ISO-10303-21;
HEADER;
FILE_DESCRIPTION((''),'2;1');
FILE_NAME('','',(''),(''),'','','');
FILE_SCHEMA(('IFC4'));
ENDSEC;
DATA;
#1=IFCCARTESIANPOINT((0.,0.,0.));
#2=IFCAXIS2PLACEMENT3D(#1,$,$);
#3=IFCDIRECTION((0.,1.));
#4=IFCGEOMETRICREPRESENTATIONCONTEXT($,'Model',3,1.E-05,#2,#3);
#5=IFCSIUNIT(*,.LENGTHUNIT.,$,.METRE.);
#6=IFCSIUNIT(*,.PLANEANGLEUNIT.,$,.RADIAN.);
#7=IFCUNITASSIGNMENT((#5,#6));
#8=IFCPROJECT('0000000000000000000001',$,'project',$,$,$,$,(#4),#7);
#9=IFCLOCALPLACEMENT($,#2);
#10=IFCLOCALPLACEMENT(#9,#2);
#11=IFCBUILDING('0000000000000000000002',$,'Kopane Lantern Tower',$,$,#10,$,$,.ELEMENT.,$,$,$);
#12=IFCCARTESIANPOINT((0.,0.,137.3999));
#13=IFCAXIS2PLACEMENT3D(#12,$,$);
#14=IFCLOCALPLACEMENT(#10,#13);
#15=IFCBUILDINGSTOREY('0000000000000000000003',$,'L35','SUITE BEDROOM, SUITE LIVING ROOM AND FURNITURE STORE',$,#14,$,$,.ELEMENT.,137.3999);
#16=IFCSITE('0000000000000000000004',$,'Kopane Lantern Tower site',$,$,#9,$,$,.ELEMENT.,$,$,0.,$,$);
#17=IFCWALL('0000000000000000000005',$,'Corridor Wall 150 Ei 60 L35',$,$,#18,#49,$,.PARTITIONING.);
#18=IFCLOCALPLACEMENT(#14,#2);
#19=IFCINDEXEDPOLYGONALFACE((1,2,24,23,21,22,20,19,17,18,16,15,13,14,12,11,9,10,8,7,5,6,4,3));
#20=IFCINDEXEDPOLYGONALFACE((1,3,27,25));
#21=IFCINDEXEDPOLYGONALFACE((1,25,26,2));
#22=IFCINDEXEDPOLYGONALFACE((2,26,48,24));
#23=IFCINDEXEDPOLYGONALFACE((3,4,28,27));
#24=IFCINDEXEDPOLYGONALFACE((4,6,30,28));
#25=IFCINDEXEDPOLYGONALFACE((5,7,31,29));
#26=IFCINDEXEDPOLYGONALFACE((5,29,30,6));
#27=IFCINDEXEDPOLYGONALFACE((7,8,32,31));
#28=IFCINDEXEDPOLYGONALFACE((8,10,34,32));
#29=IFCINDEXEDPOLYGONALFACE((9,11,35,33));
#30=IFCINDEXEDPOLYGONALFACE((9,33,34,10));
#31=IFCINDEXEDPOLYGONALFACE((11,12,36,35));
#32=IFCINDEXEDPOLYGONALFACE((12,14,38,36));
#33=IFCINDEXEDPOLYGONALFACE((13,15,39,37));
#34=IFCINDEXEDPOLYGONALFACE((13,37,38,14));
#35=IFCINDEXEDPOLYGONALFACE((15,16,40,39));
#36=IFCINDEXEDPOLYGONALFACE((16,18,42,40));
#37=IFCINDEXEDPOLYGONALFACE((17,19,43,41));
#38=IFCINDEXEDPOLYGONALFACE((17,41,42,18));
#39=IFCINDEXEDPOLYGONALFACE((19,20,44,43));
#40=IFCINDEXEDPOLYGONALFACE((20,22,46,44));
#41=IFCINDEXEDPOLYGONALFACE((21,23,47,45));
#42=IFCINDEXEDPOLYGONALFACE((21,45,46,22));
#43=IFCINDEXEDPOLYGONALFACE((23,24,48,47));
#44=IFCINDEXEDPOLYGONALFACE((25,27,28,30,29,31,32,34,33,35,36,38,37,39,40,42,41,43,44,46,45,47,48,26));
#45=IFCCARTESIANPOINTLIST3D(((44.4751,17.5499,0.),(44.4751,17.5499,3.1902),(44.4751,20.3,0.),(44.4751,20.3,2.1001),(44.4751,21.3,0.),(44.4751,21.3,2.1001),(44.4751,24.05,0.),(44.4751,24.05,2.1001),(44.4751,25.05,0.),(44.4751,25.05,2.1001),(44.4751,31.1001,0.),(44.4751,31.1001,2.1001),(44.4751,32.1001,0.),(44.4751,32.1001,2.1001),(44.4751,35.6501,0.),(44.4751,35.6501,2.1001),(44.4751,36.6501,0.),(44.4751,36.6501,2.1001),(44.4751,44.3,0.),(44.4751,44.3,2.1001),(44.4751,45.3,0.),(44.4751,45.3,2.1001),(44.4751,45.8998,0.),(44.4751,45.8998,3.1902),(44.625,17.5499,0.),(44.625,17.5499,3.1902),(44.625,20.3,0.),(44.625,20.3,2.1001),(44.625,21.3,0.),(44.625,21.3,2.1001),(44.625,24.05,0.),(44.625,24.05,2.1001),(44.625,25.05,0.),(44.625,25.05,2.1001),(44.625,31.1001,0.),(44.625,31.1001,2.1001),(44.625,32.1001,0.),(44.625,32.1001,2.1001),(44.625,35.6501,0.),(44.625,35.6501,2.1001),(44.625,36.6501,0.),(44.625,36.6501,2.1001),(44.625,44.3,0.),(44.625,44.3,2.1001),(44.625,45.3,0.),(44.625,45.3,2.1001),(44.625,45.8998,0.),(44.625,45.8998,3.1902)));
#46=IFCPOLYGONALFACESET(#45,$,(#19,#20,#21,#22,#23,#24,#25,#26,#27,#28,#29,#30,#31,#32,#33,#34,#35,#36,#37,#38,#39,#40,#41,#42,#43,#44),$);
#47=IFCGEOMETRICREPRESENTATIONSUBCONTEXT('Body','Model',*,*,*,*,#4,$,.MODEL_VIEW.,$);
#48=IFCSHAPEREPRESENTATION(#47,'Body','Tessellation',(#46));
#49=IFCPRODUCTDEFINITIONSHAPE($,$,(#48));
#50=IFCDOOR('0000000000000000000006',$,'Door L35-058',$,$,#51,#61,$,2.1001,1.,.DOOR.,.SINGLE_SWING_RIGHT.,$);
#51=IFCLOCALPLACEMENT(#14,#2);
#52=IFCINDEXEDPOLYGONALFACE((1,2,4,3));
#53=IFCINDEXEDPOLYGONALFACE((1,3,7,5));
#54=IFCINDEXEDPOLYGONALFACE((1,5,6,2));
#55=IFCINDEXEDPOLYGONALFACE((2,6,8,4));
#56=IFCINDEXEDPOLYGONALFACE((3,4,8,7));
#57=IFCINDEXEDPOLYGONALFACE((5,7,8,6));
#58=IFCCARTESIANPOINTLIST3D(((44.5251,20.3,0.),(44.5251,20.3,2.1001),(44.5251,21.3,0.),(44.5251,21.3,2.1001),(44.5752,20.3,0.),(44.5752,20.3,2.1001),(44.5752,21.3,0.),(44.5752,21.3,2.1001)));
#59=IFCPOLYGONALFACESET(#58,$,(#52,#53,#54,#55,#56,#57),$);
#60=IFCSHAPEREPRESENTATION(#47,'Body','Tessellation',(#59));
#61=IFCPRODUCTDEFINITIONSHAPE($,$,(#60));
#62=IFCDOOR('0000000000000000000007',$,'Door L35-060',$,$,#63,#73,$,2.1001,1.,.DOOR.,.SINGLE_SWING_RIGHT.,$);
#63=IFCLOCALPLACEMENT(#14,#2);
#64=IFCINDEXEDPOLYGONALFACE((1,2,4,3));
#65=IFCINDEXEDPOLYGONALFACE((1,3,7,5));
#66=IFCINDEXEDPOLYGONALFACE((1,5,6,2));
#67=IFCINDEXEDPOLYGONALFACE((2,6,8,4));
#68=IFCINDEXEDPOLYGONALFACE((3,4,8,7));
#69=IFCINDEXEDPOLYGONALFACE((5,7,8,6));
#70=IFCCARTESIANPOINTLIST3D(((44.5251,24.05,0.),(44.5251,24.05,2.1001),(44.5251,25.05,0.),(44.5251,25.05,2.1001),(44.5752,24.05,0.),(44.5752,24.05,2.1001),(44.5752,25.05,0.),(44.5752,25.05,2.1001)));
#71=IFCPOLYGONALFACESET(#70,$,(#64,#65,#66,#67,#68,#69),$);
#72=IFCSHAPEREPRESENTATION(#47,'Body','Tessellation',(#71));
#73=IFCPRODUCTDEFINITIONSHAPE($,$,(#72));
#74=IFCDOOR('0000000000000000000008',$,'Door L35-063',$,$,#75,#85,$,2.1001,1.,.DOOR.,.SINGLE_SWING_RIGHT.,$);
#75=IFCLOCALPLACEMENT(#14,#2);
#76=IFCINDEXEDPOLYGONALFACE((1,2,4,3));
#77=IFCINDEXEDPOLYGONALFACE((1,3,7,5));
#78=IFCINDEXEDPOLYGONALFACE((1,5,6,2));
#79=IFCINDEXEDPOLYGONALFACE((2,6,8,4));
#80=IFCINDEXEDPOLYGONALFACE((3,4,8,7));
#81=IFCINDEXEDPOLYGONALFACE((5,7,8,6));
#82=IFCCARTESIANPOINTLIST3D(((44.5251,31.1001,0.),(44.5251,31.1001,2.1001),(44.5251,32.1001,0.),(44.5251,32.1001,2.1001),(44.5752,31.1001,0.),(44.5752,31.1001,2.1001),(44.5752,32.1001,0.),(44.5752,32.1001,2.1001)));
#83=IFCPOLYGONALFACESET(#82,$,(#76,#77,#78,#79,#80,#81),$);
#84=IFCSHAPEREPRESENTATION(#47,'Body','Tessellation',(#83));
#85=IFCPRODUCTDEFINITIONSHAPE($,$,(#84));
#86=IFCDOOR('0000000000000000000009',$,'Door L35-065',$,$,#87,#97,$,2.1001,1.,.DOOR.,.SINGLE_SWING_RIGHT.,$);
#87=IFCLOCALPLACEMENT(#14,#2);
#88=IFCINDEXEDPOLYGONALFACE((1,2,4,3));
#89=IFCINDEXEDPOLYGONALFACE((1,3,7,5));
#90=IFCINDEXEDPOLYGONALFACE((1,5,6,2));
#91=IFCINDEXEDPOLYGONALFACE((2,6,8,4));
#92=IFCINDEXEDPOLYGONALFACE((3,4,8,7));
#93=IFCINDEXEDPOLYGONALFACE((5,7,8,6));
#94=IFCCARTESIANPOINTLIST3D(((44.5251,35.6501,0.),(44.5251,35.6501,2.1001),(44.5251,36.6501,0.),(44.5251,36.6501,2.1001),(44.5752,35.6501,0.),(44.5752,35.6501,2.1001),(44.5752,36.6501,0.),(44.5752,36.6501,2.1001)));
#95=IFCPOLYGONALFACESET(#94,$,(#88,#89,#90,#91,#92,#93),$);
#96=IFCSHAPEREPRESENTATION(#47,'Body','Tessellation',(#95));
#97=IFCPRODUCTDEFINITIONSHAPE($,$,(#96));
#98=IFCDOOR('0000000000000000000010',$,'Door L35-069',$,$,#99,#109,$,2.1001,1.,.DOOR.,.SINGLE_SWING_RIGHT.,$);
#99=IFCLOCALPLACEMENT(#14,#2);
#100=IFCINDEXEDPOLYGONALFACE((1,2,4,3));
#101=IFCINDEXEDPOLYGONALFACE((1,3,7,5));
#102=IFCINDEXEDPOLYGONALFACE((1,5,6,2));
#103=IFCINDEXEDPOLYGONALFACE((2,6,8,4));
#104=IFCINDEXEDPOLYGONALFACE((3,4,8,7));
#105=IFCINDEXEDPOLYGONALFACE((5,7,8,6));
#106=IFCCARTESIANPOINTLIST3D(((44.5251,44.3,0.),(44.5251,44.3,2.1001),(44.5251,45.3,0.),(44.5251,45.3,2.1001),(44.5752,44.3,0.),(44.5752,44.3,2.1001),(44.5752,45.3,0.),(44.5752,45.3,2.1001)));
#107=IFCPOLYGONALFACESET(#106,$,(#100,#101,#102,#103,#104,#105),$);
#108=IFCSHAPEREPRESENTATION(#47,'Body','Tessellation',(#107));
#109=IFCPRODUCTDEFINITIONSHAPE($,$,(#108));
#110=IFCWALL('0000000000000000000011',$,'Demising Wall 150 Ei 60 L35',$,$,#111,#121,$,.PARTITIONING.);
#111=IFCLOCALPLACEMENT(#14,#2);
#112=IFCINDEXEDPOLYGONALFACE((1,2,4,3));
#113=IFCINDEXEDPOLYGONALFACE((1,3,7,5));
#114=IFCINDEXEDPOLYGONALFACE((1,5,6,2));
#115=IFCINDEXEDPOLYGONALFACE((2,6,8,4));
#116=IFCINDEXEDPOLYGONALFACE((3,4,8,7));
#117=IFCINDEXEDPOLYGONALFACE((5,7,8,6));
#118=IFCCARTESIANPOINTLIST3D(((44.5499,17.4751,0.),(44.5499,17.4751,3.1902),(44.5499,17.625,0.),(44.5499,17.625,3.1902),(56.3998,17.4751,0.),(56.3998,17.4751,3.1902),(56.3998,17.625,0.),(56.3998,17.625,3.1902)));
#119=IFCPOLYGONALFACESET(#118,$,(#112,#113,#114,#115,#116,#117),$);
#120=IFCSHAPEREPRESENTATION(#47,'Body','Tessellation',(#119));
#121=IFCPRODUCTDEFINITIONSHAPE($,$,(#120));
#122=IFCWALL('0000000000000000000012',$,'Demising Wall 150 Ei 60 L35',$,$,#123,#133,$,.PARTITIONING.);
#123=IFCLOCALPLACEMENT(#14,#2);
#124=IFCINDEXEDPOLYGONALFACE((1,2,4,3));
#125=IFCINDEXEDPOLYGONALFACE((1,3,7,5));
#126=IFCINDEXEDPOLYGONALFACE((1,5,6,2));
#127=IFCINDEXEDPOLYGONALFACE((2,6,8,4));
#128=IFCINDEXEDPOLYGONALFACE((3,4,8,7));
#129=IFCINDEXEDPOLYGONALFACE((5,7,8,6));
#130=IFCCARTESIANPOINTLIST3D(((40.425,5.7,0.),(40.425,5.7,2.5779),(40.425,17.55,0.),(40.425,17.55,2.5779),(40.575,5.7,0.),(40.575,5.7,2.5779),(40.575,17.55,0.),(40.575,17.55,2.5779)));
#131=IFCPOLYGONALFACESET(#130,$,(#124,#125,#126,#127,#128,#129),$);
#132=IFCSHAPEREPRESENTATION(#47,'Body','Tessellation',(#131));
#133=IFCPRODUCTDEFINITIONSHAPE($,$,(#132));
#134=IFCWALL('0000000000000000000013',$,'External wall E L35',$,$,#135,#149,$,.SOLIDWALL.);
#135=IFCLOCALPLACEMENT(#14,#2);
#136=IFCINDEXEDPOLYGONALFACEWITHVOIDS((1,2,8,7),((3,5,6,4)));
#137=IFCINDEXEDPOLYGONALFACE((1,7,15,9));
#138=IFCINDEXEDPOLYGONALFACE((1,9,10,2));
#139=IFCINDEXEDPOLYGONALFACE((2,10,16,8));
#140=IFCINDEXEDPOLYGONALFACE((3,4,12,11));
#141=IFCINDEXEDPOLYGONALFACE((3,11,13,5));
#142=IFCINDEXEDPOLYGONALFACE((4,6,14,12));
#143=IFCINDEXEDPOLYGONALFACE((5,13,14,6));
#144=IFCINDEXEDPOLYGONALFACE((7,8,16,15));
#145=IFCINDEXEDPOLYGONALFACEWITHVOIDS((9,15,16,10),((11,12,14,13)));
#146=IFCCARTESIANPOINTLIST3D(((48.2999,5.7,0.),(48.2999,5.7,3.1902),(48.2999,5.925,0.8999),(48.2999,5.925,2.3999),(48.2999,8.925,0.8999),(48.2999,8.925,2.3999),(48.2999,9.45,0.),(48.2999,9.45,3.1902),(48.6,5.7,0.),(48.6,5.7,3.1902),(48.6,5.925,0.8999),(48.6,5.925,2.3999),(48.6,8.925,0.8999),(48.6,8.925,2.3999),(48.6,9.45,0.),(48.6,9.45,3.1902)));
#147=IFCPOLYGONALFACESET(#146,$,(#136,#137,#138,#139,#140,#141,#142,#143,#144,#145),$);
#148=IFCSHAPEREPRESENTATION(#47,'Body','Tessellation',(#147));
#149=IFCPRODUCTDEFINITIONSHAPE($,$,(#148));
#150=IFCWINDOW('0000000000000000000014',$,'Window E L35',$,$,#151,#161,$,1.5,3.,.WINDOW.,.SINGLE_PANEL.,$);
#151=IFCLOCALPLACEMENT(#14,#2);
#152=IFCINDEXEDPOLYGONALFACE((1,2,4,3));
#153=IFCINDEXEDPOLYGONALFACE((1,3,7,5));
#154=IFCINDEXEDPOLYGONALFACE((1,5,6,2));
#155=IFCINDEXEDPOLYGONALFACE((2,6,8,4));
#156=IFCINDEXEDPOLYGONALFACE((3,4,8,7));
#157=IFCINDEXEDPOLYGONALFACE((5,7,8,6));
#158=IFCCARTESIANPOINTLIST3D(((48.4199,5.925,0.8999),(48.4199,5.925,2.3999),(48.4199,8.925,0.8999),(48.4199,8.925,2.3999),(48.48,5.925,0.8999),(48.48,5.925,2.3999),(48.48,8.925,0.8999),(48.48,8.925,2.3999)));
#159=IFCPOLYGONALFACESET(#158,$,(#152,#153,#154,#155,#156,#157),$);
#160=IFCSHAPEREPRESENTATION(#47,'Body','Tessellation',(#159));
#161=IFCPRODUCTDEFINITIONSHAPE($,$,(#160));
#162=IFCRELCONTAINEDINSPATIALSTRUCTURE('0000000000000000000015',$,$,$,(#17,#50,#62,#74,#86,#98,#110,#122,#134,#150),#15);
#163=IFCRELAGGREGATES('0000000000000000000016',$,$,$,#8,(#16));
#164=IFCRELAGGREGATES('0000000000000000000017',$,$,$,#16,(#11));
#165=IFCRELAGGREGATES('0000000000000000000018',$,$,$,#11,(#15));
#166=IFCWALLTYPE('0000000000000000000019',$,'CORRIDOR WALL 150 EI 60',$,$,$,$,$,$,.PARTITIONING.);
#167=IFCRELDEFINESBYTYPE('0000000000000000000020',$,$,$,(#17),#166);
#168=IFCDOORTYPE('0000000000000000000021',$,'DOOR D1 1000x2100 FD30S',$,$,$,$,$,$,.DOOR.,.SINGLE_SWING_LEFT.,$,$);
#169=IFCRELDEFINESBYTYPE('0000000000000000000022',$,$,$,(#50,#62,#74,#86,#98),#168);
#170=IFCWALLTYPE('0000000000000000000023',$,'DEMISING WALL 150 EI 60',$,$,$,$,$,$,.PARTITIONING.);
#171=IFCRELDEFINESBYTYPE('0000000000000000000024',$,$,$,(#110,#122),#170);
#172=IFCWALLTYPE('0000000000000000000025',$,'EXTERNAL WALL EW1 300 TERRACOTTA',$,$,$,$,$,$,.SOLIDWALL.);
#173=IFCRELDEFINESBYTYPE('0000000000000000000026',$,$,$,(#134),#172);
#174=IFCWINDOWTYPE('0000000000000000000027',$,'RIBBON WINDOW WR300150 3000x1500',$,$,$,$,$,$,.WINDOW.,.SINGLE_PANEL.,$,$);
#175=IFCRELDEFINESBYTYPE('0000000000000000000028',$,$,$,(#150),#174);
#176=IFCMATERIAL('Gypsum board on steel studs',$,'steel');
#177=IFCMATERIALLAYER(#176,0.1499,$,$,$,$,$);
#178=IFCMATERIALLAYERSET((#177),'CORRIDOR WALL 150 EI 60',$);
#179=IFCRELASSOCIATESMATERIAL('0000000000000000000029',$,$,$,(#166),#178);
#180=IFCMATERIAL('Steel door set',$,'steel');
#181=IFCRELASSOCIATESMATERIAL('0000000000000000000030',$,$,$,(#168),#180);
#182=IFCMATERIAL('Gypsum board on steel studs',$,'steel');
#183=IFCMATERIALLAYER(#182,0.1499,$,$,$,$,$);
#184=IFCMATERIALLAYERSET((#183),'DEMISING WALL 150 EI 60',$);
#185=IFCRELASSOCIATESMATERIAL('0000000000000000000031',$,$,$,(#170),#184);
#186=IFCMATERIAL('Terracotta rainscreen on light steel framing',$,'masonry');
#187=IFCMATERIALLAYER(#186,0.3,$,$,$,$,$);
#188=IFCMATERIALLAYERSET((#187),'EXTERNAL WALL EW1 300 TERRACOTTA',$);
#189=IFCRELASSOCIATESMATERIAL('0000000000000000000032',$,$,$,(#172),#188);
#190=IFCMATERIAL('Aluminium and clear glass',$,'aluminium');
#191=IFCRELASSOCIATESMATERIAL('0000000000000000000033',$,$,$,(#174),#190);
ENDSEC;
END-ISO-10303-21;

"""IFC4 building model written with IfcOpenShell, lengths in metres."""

from ifc_helpers import new_model, si_unit, direction, frame, frame_2d, origin, place, context, subcontext, project, spatial, rectangle, extrude, material, layer, layer_set, type_object, element, fill, save


model = new_model("IFC4")

# Units and contexts
model_context = context("Model", 3, precision=1e-05, world=origin(), true_north=direction((0.0, 1.0)))
body_context = subcontext(model_context, "Body", "Model", "MODEL_VIEW")
ifc_project = project(units=[si_unit("LENGTHUNIT", "METRE"), si_unit("PLANEANGLEUNIT", "RADIAN")], contexts=[model_context])

# Site, building, storey
site_placement = place(None, origin())
site = spatial("IfcSite", under=ifc_project, at=site_placement, Name="Kopane Lantern Tower site", CompositionType="ELEMENT", RefElevation=0.0)
building_placement = place(site_placement, origin())
building = spatial("IfcBuilding", under=site, at=building_placement, Name="Kopane Lantern Tower", CompositionType="ELEMENT")
storey_placement = place(building_placement, frame((0.0, 0.0, 137.3999)))
storey = spatial("IfcBuildingStorey", under=building, at=storey_placement, Name="L35", Description="SUITE BEDROOM, SUITE LIVING ROOM AND FURNITURE STORE", CompositionType="ELEMENT", Elevation=137.3999)

# Wall, openings, doors
ifc_material_1 = material(Name="Gypsum board on steel studs", Category="steel")
ifc_layer_1 = layer(ifc_material_1, 0.1499)
ifc_layer_set_1 = layer_set([ifc_layer_1], Name="CORRIDOR WALL 150 EI 60")
wall_type_1 = type_object("IfcWallType", Name="CORRIDOR WALL 150 EI 60", PredefinedType="PARTITIONING", material=ifc_layer_set_1)
wall_1_placement = place(storey_placement, frame((44.55, 17.55, 0.0), z_axis=(0.0, 0.0, 1.0), x_axis=(0.0, 1.0, 0.0)))
wall_1 = element("IfcWall", 1, at=wall_1_placement, inside=storey, type_object=wall_type_1, Name="Corridor Wall 150 Ei 60 L35", PredefinedType="PARTITIONING", context=body_context, shape_type="SweptSolid", body=[
    extrude(rectangle(XDim=28.3499, YDim=0.1499, at=frame_2d((14.1748, 0.0))), origin(), (0.0, 0.0, 1.0), 3.1902),
])
opening_1_placement = place(wall_1_placement, frame((2.75, 0.0, 0.0)))
opening_1 = element("IfcOpeningElement", 2, at=opening_1_placement, cuts=wall_1, PredefinedType="OPENING", context=body_context, shape_type="SweptSolid", body=[
    extrude(rectangle(XDim=1.0, YDim=2.1001, at=frame_2d((0.5, 1.05))), frame((0.0, 0.085, 0.0), z_axis=(0.0, -1.0, 0.0), x_axis=(1.0, 0.0, 0.0)), (0.0, 0.0, 1.0), 0.1699),
])
opening_2_placement = place(wall_1_placement, frame((6.5, 0.0, 0.0)))
opening_2 = element("IfcOpeningElement", 3, at=opening_2_placement, cuts=wall_1, PredefinedType="OPENING", context=body_context, shape_type="SweptSolid", body=[
    extrude(rectangle(XDim=1.0, YDim=2.1001, at=frame_2d((0.5, 1.05))), frame((0.0, 0.085, 0.0), z_axis=(0.0, -1.0, 0.0), x_axis=(1.0, 0.0, 0.0)), (0.0, 0.0, 1.0), 0.1699),
])
opening_3_placement = place(wall_1_placement, frame((13.55, 0.0, 0.0)))
opening_3 = element("IfcOpeningElement", 4, at=opening_3_placement, cuts=wall_1, PredefinedType="OPENING", context=body_context, shape_type="SweptSolid", body=[
    extrude(rectangle(XDim=1.0, YDim=2.1001, at=frame_2d((0.5, 1.05))), frame((0.0, 0.085, 0.0), z_axis=(0.0, -1.0, 0.0), x_axis=(1.0, 0.0, 0.0)), (0.0, 0.0, 1.0), 0.1699),
])
opening_4_placement = place(wall_1_placement, frame((18.1001, 0.0, 0.0)))
opening_4 = element("IfcOpeningElement", 5, at=opening_4_placement, cuts=wall_1, PredefinedType="OPENING", context=body_context, shape_type="SweptSolid", body=[
    extrude(rectangle(XDim=1.0, YDim=2.1001, at=frame_2d((0.5, 1.05))), frame((0.0, 0.085, 0.0), z_axis=(0.0, -1.0, 0.0), x_axis=(1.0, 0.0, 0.0)), (0.0, 0.0, 1.0), 0.1699),
])
opening_5_placement = place(wall_1_placement, frame((26.75, 0.0, 0.0)))
opening_5 = element("IfcOpeningElement", 6, at=opening_5_placement, cuts=wall_1, PredefinedType="OPENING", context=body_context, shape_type="SweptSolid", body=[
    extrude(rectangle(XDim=1.0, YDim=2.1001, at=frame_2d((0.5, 1.05))), frame((0.0, 0.085, 0.0), z_axis=(0.0, -1.0, 0.0), x_axis=(1.0, 0.0, 0.0)), (0.0, 0.0, 1.0), 0.1699),
])
ifc_material_2 = material(Name="Steel door set", Category="steel")
door_type_1 = type_object("IfcDoorType", Name="DOOR D1 1000x2100 FD30S", OperationType="SINGLE_SWING_LEFT", PredefinedType="DOOR", material=ifc_material_2)
door_1_placement = place(opening_1_placement, origin())
door_1 = element("IfcDoor", 7, at=door_1_placement, inside=storey, type_object=door_type_1, Name="Door L35-058", OperationType="SINGLE_SWING_RIGHT", OverallHeight=2.1001, OverallWidth=1.0, PredefinedType="DOOR", context=body_context, shape_type="SweptSolid", body=[
    extrude(rectangle(XDim=1.0, YDim=2.1001, at=frame_2d((0.5, 1.05))), frame((0.0, 0.0249, 0.0), z_axis=(0.0, -1.0, 0.0), x_axis=(1.0, 0.0, 0.0)), (0.0, 0.0, 1.0), 0.05),
])
fill(opening_1, door_1)
door_2_placement = place(opening_2_placement, origin())
door_2 = element("IfcDoor", 8, at=door_2_placement, inside=storey, type_object=door_type_1, Name="Door L35-060", OperationType="SINGLE_SWING_RIGHT", OverallHeight=2.1001, OverallWidth=1.0, PredefinedType="DOOR", context=body_context, shape_type="SweptSolid", body=[
    extrude(rectangle(XDim=1.0, YDim=2.1001, at=frame_2d((0.5, 1.05))), frame((0.0, 0.0249, 0.0), z_axis=(0.0, -1.0, 0.0), x_axis=(1.0, 0.0, 0.0)), (0.0, 0.0, 1.0), 0.05),
])
fill(opening_2, door_2)
door_3_placement = place(opening_3_placement, origin())
door_3 = element("IfcDoor", 9, at=door_3_placement, inside=storey, type_object=door_type_1, Name="Door L35-063", OperationType="SINGLE_SWING_RIGHT", OverallHeight=2.1001, OverallWidth=1.0, PredefinedType="DOOR", context=body_context, shape_type="SweptSolid", body=[
    extrude(rectangle(XDim=1.0, YDim=2.1001, at=frame_2d((0.5, 1.05))), frame((0.0, 0.0249, 0.0), z_axis=(0.0, -1.0, 0.0), x_axis=(1.0, 0.0, 0.0)), (0.0, 0.0, 1.0), 0.05),
])
fill(opening_3, door_3)
door_4_placement = place(opening_4_placement, origin())
door_4 = element("IfcDoor", 10, at=door_4_placement, inside=storey, type_object=door_type_1, Name="Door L35-065", OperationType="SINGLE_SWING_RIGHT", OverallHeight=2.1001, OverallWidth=1.0, PredefinedType="DOOR", context=body_context, shape_type="SweptSolid", body=[
    extrude(rectangle(XDim=1.0, YDim=2.1001, at=frame_2d((0.5, 1.05))), frame((0.0, 0.0249, 0.0), z_axis=(0.0, -1.0, 0.0), x_axis=(1.0, 0.0, 0.0)), (0.0, 0.0, 1.0), 0.05),
])
fill(opening_4, door_4)
door_5_placement = place(opening_5_placement, origin())
door_5 = element("IfcDoor", 11, at=door_5_placement, inside=storey, type_object=door_type_1, Name="Door L35-069", OperationType="SINGLE_SWING_RIGHT", OverallHeight=2.1001, OverallWidth=1.0, PredefinedType="DOOR", context=body_context, shape_type="SweptSolid", body=[
    extrude(rectangle(XDim=1.0, YDim=2.1001, at=frame_2d((0.5, 1.05))), frame((0.0, 0.0249, 0.0), z_axis=(0.0, -1.0, 0.0), x_axis=(1.0, 0.0, 0.0)), (0.0, 0.0, 1.0), 0.05),
])
fill(opening_5, door_5)

# Walls
ifc_material_3 = material(Name="Gypsum board on steel studs", Category="steel")
ifc_layer_2 = layer(ifc_material_3, 0.1499)
ifc_layer_set_2 = layer_set([ifc_layer_2], Name="DEMISING WALL 150 EI 60")
wall_type_2 = type_object("IfcWallType", Name="DEMISING WALL 150 EI 60", PredefinedType="PARTITIONING", material=ifc_layer_set_2)
wall_2_placement = place(storey_placement, frame((44.55, 17.55, 0.0), z_axis=(0.0, 0.0, 1.0), x_axis=(1.0, 0.0, 0.0)))
element("IfcWall", 12, at=wall_2_placement, inside=storey, type_object=wall_type_2, Name="Demising Wall 150 Ei 60 L35", PredefinedType="PARTITIONING", context=body_context, shape_type="SweptSolid", body=[
    extrude(rectangle(XDim=11.8499, YDim=0.1499, at=frame_2d((5.9248, 0.0))), origin(), (0.0, 0.0, 1.0), 3.1902),
])
wall_3_placement = place(storey_placement, frame((40.5, 17.55, 0.0), z_axis=(0.0, 0.0, 1.0), x_axis=(0.0, -1.0, 0.0)))
element("IfcWall", 13, at=wall_3_placement, inside=storey, type_object=wall_type_2, Name="Demising Wall 150 Ei 60 L35", PredefinedType="PARTITIONING", context=body_context, shape_type="SweptSolid", body=[
    extrude(rectangle(XDim=11.8501, YDim=0.1499, at=frame_2d((5.925, 0.0))), origin(), (0.0, 0.0, 1.0), 2.5779),
])

# Wall, opening, window
ifc_material_4 = material(Name="Terracotta rainscreen on light steel framing", Category="masonry")
ifc_layer_3 = layer(ifc_material_4, 0.3)
ifc_layer_set_3 = layer_set([ifc_layer_3], Name="EXTERNAL WALL EW1 300 TERRACOTTA")
wall_type_3 = type_object("IfcWallType", Name="EXTERNAL WALL EW1 300 TERRACOTTA", PredefinedType="SOLIDWALL", material=ifc_layer_set_3)
wall_4_placement = place(storey_placement, frame((48.45, 5.7, 0.0), z_axis=(0.0, 0.0, 1.0), x_axis=(0.0, 1.0, 0.0)))
wall_4 = element("IfcWall", 14, at=wall_4_placement, inside=storey, type_object=wall_type_3, Name="External wall E L35", PredefinedType="SOLIDWALL", context=body_context, shape_type="SweptSolid", body=[
    extrude(rectangle(XDim=3.75, YDim=0.3, at=frame_2d((1.875, 0.0))), origin(), (0.0, 0.0, 1.0), 3.1902),
])
opening_6_placement = place(wall_4_placement, frame((0.2251, 0.0, 0.8999)))
opening_6 = element("IfcOpeningElement", 15, at=opening_6_placement, cuts=wall_4, PredefinedType="OPENING", context=body_context, shape_type="SweptSolid", body=[
    extrude(rectangle(XDim=3.0, YDim=1.5, at=frame_2d((1.5, 0.75))), frame((0.0, 0.1599, 0.0), z_axis=(0.0, -1.0, 0.0), x_axis=(1.0, 0.0, 0.0)), (0.0, 0.0, 1.0), 0.3201),
])
ifc_material_5 = material(Name="Aluminium and clear glass", Category="aluminium")
window_type = type_object("IfcWindowType", Name="RIBBON WINDOW WR300150 3000x1500", PartitioningType="SINGLE_PANEL", PredefinedType="WINDOW", material=ifc_material_5)
window_1_placement = place(opening_6_placement, origin())
window_1 = element("IfcWindow", 16, at=window_1_placement, inside=storey, type_object=window_type, Name="Window E L35", OverallHeight=1.5, OverallWidth=3.0, PartitioningType="SINGLE_PANEL", PredefinedType="WINDOW", context=body_context, shape_type="SweptSolid", body=[
    extrude(rectangle(XDim=3.0, YDim=1.5, at=frame_2d((1.5, 0.75))), frame((0.0, 0.03, 0.0), z_axis=(0.0, -1.0, 0.0), x_axis=(1.0, 0.0, 0.0)), (0.0, 0.0, 1.0), 0.0601),
])
fill(opening_6, window_1)

save(model, "model.ifc")
